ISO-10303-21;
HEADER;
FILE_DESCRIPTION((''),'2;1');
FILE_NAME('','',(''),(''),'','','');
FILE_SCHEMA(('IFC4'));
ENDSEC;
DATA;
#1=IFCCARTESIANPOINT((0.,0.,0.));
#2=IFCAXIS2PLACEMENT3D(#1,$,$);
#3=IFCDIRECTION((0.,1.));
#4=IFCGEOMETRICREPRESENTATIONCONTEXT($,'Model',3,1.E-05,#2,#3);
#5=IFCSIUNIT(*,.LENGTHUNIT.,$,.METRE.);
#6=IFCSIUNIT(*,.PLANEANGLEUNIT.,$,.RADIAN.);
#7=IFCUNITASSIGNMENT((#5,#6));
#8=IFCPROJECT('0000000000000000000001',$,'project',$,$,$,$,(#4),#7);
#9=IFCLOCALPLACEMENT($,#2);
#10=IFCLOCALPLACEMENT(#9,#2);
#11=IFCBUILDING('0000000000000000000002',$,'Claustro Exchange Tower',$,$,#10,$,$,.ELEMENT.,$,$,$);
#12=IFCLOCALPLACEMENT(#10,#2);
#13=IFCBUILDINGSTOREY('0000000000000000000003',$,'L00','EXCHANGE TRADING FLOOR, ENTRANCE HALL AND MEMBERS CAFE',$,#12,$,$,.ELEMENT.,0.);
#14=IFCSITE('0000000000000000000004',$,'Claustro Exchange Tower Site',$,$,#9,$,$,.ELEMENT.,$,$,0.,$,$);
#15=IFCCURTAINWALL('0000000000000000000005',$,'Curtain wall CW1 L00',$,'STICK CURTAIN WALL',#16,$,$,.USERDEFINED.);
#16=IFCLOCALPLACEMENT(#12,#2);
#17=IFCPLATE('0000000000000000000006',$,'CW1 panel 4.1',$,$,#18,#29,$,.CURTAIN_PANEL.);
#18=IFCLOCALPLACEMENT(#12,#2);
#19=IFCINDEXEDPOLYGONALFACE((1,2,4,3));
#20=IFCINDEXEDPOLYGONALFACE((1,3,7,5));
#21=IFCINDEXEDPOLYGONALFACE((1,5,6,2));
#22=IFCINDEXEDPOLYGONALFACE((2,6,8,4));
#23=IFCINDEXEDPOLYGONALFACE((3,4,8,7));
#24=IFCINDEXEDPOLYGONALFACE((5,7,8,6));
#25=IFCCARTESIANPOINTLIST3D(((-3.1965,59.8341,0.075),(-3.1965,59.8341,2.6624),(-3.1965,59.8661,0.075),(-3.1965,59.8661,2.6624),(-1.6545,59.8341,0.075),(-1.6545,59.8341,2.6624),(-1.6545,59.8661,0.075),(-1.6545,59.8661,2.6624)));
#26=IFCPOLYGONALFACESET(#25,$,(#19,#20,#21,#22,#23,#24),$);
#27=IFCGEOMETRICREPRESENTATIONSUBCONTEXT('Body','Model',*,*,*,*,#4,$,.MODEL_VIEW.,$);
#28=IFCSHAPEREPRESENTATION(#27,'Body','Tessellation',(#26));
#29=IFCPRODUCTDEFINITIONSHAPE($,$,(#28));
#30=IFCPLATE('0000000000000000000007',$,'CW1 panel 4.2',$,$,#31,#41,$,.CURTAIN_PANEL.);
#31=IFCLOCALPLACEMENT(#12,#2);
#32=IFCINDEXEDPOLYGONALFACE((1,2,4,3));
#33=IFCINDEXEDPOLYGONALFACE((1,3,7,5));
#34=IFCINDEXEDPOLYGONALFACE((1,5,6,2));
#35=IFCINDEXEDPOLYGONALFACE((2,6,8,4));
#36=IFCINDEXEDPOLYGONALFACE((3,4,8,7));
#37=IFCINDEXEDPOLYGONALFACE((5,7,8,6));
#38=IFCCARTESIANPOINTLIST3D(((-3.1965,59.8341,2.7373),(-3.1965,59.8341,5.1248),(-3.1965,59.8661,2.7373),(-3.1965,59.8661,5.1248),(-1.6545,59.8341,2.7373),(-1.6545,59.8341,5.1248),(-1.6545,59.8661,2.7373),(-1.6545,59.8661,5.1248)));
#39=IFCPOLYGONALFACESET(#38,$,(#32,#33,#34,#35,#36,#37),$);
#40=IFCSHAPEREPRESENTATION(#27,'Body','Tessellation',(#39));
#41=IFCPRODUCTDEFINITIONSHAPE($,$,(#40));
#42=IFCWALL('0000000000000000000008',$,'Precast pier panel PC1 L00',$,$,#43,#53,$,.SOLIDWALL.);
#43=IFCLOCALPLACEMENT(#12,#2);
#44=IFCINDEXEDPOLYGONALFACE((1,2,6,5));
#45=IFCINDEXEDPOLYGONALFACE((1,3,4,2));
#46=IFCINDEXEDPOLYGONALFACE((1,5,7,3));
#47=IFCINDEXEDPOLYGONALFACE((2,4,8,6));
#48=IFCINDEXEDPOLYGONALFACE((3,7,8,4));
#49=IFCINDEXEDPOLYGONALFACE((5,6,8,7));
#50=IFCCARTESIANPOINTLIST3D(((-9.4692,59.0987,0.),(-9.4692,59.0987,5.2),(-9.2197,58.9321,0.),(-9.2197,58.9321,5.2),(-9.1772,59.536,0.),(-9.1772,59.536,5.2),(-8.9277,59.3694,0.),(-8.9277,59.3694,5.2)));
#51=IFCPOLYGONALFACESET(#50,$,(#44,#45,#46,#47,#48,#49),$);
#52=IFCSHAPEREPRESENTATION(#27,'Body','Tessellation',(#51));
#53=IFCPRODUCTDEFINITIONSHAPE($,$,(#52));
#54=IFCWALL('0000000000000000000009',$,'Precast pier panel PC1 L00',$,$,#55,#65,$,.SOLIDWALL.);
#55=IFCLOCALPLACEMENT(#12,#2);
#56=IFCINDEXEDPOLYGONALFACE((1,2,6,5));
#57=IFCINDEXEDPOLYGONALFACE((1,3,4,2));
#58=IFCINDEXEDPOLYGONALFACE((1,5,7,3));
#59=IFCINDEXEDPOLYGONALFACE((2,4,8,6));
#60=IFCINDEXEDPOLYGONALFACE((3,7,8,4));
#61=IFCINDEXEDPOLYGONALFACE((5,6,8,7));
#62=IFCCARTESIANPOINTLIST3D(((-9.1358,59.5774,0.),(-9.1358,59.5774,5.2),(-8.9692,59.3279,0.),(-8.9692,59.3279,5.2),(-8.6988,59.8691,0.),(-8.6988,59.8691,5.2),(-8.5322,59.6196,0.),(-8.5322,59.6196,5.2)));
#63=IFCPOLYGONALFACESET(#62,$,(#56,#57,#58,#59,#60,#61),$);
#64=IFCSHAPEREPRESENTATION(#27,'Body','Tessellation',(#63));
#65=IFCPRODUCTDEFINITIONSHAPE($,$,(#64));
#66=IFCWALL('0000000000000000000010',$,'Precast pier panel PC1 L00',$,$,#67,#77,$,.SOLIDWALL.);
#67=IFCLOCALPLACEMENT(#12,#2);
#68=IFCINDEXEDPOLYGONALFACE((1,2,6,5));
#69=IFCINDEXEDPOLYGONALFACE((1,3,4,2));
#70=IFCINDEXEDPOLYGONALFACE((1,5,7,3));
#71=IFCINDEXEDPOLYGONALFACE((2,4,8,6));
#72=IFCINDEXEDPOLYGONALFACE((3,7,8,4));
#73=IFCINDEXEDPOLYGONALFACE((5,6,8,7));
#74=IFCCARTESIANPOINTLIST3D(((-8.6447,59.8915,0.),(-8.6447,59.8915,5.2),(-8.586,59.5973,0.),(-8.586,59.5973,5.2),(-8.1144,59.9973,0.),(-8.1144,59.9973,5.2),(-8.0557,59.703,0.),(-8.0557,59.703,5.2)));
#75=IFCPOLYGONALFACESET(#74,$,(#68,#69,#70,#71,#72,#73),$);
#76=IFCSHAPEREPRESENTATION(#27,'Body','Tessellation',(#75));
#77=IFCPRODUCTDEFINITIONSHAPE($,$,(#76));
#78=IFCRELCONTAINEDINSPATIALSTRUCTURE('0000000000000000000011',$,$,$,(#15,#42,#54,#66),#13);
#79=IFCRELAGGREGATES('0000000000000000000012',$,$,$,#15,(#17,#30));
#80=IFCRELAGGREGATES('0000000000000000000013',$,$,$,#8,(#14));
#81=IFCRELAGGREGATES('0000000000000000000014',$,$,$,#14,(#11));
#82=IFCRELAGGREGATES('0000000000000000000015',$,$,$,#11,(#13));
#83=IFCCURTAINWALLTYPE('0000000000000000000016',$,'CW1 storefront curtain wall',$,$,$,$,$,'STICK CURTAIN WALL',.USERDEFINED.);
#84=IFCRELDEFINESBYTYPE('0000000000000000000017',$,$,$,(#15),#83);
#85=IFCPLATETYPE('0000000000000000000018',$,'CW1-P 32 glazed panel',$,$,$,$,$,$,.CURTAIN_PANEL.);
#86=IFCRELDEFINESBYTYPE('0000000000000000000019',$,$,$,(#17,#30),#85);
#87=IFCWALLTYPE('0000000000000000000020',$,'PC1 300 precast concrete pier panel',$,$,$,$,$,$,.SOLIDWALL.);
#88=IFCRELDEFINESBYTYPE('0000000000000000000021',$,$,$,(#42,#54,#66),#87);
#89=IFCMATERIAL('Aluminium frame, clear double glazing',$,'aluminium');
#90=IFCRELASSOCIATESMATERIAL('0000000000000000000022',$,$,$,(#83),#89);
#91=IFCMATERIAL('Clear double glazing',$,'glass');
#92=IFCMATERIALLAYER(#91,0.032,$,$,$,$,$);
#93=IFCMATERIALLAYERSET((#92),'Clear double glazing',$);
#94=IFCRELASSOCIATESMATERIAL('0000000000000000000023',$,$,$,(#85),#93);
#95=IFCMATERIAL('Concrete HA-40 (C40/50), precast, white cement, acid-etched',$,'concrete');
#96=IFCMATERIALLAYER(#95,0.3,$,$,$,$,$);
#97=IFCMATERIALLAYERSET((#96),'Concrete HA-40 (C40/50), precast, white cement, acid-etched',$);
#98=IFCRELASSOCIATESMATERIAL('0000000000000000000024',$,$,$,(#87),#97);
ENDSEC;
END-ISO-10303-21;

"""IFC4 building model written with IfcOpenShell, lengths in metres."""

from ifc_helpers import new_model, si_unit, direction, frame, frame_2d, origin, origin_2d, place, context, subcontext, project, spatial, rectangle, extrude, material, layer, layer_set, type_object, element, aggregate, save


model = new_model("IFC4")

# Units and contexts
model_context = context("Model", 3, precision=1e-05, world=origin(), true_north=direction((0.0, 1.0)))
body_context = subcontext(model_context, "Body", "Model", "MODEL_VIEW")
ifc_project = project(units=[si_unit("LENGTHUNIT", "METRE"), si_unit("PLANEANGLEUNIT", "RADIAN")], contexts=[model_context])

# Site, building, storey
site_placement = place(None, origin())
site = spatial("IfcSite", under=ifc_project, at=site_placement, Name="Claustro Exchange Tower Site", CompositionType="ELEMENT", RefElevation=0.0)
building_placement = place(site_placement, origin())
building = spatial("IfcBuilding", under=site, at=building_placement, Name="Claustro Exchange Tower", CompositionType="ELEMENT")
storey_placement = place(building_placement, origin())
storey = spatial("IfcBuildingStorey", under=building, at=storey_placement, Name="L00", Description="EXCHANGE TRADING FLOOR, ENTRANCE HALL AND MEMBERS CAFE", CompositionType="ELEMENT", Elevation=0.0)

# Curtain wall, plates
ifc_material_1 = material(Name="Aluminium frame, clear double glazing", Category="aluminium")
curtain_wall_type = type_object("IfcCurtainWallType", Name="CW1 storefront curtain wall", ElementType="STICK CURTAIN WALL", PredefinedType="USERDEFINED", material=ifc_material_1)
curtain_wall_placement = place(storey_placement, origin())
curtain_wall = element("IfcCurtainWall", 1, at=curtain_wall_placement, inside=storey, type_object=curtain_wall_type, Name="Curtain wall CW1 L00", ObjectType="STICK CURTAIN WALL", PredefinedType="USERDEFINED")
ifc_material_2 = material(Name="Clear double glazing", Category="glass")
ifc_layer_1 = layer(ifc_material_2, 0.032)
ifc_layer_set_1 = layer_set([ifc_layer_1], Name="Clear double glazing")
plate_type = type_object("IfcPlateType", Name="CW1-P 32 glazed panel", PredefinedType="CURTAIN_PANEL", material=ifc_layer_set_1)
plate_1_placement = place(storey_placement, frame((-2.4255, 59.8501, 0.075), z_axis=(0.0, 0.0, 1.0), x_axis=(1.0, 0.0, 0.0)))
plate_1 = element("IfcPlate", 2, at=plate_1_placement, type_object=plate_type, Name="CW1 panel 4.1", PredefinedType="CURTAIN_PANEL", context=body_context, shape_type="SweptSolid", body=[
    extrude(rectangle(XDim=1.542, YDim=0.032, at=origin_2d()), origin(), (0.0, 0.0, 1.0), 2.5874),
])
plate_2_placement = place(storey_placement, frame((-2.4255, 59.8501, 2.7373), z_axis=(0.0, 0.0, 1.0), x_axis=(1.0, 0.0, 0.0)))
plate_2 = element("IfcPlate", 3, at=plate_2_placement, type_object=plate_type, Name="CW1 panel 4.2", PredefinedType="CURTAIN_PANEL", context=body_context, shape_type="SweptSolid", body=[
    extrude(rectangle(XDim=1.542, YDim=0.032, at=origin_2d()), origin(), (0.0, 0.0, 1.0), 2.3875),
])
aggregate(curtain_wall, [plate_1, plate_2])

# Walls
ifc_material_3 = material(Name="Concrete HA-40 (C40/50), precast, white cement, acid-etched", Category="concrete")
ifc_layer_2 = layer(ifc_material_3, 0.3)
ifc_layer_set_2 = layer_set([ifc_layer_2], Name="Concrete HA-40 (C40/50), precast, white cement, acid-etched")
wall_type = type_object("IfcWallType", Name="PC1 300 precast concrete pier panel", PredefinedType="SOLIDWALL", material=ifc_layer_set_2)
wall_1_placement = place(storey_placement, frame((-9.3445, 59.0154, 0.0), z_axis=(0.0, 0.0, 1.0), x_axis=(0.555343, 0.831621, 0.0)))
element("IfcWall", 4, at=wall_1_placement, inside=storey, type_object=wall_type, Name="Precast pier panel PC1 L00", PredefinedType="SOLIDWALL", context=body_context, shape_type="SweptSolid", body=[
    extrude(rectangle(XDim=0.5259, YDim=0.3, at=frame_2d((0.2629, 0.0))), origin(), (0.0, 0.0, 1.0), 5.2),
])
wall_2_placement = place(storey_placement, frame((-9.0525, 59.4526, 0.0), z_axis=(0.0, 0.0, 1.0), x_axis=(0.831693, 0.555236, 0.0)))
element("IfcWall", 5, at=wall_2_placement, inside=storey, type_object=wall_type, Name="Precast pier panel PC1 L00", PredefinedType="SOLIDWALL", context=body_context, shape_type="SweptSolid", body=[
    extrude(rectangle(XDim=0.5254, YDim=0.3, at=frame_2d((0.2627, 0.0))), origin(), (0.0, 0.0, 1.0), 5.2),
])
wall_3_placement = place(storey_placement, frame((-8.6155, 59.7444, 0.0), z_axis=(0.0, 0.0, 1.0), x_axis=(0.980702, 0.195508, 0.0)))
element("IfcWall", 6, at=wall_3_placement, inside=storey, type_object=wall_type, Name="Precast pier panel PC1 L00", PredefinedType="SOLIDWALL", context=body_context, shape_type="SweptSolid", body=[
    extrude(rectangle(XDim=0.5408, YDim=0.3, at=frame_2d((0.2705, 0.0))), origin(), (0.0, 0.0, 1.0), 5.2),
])

save(model, "model.ifc")
